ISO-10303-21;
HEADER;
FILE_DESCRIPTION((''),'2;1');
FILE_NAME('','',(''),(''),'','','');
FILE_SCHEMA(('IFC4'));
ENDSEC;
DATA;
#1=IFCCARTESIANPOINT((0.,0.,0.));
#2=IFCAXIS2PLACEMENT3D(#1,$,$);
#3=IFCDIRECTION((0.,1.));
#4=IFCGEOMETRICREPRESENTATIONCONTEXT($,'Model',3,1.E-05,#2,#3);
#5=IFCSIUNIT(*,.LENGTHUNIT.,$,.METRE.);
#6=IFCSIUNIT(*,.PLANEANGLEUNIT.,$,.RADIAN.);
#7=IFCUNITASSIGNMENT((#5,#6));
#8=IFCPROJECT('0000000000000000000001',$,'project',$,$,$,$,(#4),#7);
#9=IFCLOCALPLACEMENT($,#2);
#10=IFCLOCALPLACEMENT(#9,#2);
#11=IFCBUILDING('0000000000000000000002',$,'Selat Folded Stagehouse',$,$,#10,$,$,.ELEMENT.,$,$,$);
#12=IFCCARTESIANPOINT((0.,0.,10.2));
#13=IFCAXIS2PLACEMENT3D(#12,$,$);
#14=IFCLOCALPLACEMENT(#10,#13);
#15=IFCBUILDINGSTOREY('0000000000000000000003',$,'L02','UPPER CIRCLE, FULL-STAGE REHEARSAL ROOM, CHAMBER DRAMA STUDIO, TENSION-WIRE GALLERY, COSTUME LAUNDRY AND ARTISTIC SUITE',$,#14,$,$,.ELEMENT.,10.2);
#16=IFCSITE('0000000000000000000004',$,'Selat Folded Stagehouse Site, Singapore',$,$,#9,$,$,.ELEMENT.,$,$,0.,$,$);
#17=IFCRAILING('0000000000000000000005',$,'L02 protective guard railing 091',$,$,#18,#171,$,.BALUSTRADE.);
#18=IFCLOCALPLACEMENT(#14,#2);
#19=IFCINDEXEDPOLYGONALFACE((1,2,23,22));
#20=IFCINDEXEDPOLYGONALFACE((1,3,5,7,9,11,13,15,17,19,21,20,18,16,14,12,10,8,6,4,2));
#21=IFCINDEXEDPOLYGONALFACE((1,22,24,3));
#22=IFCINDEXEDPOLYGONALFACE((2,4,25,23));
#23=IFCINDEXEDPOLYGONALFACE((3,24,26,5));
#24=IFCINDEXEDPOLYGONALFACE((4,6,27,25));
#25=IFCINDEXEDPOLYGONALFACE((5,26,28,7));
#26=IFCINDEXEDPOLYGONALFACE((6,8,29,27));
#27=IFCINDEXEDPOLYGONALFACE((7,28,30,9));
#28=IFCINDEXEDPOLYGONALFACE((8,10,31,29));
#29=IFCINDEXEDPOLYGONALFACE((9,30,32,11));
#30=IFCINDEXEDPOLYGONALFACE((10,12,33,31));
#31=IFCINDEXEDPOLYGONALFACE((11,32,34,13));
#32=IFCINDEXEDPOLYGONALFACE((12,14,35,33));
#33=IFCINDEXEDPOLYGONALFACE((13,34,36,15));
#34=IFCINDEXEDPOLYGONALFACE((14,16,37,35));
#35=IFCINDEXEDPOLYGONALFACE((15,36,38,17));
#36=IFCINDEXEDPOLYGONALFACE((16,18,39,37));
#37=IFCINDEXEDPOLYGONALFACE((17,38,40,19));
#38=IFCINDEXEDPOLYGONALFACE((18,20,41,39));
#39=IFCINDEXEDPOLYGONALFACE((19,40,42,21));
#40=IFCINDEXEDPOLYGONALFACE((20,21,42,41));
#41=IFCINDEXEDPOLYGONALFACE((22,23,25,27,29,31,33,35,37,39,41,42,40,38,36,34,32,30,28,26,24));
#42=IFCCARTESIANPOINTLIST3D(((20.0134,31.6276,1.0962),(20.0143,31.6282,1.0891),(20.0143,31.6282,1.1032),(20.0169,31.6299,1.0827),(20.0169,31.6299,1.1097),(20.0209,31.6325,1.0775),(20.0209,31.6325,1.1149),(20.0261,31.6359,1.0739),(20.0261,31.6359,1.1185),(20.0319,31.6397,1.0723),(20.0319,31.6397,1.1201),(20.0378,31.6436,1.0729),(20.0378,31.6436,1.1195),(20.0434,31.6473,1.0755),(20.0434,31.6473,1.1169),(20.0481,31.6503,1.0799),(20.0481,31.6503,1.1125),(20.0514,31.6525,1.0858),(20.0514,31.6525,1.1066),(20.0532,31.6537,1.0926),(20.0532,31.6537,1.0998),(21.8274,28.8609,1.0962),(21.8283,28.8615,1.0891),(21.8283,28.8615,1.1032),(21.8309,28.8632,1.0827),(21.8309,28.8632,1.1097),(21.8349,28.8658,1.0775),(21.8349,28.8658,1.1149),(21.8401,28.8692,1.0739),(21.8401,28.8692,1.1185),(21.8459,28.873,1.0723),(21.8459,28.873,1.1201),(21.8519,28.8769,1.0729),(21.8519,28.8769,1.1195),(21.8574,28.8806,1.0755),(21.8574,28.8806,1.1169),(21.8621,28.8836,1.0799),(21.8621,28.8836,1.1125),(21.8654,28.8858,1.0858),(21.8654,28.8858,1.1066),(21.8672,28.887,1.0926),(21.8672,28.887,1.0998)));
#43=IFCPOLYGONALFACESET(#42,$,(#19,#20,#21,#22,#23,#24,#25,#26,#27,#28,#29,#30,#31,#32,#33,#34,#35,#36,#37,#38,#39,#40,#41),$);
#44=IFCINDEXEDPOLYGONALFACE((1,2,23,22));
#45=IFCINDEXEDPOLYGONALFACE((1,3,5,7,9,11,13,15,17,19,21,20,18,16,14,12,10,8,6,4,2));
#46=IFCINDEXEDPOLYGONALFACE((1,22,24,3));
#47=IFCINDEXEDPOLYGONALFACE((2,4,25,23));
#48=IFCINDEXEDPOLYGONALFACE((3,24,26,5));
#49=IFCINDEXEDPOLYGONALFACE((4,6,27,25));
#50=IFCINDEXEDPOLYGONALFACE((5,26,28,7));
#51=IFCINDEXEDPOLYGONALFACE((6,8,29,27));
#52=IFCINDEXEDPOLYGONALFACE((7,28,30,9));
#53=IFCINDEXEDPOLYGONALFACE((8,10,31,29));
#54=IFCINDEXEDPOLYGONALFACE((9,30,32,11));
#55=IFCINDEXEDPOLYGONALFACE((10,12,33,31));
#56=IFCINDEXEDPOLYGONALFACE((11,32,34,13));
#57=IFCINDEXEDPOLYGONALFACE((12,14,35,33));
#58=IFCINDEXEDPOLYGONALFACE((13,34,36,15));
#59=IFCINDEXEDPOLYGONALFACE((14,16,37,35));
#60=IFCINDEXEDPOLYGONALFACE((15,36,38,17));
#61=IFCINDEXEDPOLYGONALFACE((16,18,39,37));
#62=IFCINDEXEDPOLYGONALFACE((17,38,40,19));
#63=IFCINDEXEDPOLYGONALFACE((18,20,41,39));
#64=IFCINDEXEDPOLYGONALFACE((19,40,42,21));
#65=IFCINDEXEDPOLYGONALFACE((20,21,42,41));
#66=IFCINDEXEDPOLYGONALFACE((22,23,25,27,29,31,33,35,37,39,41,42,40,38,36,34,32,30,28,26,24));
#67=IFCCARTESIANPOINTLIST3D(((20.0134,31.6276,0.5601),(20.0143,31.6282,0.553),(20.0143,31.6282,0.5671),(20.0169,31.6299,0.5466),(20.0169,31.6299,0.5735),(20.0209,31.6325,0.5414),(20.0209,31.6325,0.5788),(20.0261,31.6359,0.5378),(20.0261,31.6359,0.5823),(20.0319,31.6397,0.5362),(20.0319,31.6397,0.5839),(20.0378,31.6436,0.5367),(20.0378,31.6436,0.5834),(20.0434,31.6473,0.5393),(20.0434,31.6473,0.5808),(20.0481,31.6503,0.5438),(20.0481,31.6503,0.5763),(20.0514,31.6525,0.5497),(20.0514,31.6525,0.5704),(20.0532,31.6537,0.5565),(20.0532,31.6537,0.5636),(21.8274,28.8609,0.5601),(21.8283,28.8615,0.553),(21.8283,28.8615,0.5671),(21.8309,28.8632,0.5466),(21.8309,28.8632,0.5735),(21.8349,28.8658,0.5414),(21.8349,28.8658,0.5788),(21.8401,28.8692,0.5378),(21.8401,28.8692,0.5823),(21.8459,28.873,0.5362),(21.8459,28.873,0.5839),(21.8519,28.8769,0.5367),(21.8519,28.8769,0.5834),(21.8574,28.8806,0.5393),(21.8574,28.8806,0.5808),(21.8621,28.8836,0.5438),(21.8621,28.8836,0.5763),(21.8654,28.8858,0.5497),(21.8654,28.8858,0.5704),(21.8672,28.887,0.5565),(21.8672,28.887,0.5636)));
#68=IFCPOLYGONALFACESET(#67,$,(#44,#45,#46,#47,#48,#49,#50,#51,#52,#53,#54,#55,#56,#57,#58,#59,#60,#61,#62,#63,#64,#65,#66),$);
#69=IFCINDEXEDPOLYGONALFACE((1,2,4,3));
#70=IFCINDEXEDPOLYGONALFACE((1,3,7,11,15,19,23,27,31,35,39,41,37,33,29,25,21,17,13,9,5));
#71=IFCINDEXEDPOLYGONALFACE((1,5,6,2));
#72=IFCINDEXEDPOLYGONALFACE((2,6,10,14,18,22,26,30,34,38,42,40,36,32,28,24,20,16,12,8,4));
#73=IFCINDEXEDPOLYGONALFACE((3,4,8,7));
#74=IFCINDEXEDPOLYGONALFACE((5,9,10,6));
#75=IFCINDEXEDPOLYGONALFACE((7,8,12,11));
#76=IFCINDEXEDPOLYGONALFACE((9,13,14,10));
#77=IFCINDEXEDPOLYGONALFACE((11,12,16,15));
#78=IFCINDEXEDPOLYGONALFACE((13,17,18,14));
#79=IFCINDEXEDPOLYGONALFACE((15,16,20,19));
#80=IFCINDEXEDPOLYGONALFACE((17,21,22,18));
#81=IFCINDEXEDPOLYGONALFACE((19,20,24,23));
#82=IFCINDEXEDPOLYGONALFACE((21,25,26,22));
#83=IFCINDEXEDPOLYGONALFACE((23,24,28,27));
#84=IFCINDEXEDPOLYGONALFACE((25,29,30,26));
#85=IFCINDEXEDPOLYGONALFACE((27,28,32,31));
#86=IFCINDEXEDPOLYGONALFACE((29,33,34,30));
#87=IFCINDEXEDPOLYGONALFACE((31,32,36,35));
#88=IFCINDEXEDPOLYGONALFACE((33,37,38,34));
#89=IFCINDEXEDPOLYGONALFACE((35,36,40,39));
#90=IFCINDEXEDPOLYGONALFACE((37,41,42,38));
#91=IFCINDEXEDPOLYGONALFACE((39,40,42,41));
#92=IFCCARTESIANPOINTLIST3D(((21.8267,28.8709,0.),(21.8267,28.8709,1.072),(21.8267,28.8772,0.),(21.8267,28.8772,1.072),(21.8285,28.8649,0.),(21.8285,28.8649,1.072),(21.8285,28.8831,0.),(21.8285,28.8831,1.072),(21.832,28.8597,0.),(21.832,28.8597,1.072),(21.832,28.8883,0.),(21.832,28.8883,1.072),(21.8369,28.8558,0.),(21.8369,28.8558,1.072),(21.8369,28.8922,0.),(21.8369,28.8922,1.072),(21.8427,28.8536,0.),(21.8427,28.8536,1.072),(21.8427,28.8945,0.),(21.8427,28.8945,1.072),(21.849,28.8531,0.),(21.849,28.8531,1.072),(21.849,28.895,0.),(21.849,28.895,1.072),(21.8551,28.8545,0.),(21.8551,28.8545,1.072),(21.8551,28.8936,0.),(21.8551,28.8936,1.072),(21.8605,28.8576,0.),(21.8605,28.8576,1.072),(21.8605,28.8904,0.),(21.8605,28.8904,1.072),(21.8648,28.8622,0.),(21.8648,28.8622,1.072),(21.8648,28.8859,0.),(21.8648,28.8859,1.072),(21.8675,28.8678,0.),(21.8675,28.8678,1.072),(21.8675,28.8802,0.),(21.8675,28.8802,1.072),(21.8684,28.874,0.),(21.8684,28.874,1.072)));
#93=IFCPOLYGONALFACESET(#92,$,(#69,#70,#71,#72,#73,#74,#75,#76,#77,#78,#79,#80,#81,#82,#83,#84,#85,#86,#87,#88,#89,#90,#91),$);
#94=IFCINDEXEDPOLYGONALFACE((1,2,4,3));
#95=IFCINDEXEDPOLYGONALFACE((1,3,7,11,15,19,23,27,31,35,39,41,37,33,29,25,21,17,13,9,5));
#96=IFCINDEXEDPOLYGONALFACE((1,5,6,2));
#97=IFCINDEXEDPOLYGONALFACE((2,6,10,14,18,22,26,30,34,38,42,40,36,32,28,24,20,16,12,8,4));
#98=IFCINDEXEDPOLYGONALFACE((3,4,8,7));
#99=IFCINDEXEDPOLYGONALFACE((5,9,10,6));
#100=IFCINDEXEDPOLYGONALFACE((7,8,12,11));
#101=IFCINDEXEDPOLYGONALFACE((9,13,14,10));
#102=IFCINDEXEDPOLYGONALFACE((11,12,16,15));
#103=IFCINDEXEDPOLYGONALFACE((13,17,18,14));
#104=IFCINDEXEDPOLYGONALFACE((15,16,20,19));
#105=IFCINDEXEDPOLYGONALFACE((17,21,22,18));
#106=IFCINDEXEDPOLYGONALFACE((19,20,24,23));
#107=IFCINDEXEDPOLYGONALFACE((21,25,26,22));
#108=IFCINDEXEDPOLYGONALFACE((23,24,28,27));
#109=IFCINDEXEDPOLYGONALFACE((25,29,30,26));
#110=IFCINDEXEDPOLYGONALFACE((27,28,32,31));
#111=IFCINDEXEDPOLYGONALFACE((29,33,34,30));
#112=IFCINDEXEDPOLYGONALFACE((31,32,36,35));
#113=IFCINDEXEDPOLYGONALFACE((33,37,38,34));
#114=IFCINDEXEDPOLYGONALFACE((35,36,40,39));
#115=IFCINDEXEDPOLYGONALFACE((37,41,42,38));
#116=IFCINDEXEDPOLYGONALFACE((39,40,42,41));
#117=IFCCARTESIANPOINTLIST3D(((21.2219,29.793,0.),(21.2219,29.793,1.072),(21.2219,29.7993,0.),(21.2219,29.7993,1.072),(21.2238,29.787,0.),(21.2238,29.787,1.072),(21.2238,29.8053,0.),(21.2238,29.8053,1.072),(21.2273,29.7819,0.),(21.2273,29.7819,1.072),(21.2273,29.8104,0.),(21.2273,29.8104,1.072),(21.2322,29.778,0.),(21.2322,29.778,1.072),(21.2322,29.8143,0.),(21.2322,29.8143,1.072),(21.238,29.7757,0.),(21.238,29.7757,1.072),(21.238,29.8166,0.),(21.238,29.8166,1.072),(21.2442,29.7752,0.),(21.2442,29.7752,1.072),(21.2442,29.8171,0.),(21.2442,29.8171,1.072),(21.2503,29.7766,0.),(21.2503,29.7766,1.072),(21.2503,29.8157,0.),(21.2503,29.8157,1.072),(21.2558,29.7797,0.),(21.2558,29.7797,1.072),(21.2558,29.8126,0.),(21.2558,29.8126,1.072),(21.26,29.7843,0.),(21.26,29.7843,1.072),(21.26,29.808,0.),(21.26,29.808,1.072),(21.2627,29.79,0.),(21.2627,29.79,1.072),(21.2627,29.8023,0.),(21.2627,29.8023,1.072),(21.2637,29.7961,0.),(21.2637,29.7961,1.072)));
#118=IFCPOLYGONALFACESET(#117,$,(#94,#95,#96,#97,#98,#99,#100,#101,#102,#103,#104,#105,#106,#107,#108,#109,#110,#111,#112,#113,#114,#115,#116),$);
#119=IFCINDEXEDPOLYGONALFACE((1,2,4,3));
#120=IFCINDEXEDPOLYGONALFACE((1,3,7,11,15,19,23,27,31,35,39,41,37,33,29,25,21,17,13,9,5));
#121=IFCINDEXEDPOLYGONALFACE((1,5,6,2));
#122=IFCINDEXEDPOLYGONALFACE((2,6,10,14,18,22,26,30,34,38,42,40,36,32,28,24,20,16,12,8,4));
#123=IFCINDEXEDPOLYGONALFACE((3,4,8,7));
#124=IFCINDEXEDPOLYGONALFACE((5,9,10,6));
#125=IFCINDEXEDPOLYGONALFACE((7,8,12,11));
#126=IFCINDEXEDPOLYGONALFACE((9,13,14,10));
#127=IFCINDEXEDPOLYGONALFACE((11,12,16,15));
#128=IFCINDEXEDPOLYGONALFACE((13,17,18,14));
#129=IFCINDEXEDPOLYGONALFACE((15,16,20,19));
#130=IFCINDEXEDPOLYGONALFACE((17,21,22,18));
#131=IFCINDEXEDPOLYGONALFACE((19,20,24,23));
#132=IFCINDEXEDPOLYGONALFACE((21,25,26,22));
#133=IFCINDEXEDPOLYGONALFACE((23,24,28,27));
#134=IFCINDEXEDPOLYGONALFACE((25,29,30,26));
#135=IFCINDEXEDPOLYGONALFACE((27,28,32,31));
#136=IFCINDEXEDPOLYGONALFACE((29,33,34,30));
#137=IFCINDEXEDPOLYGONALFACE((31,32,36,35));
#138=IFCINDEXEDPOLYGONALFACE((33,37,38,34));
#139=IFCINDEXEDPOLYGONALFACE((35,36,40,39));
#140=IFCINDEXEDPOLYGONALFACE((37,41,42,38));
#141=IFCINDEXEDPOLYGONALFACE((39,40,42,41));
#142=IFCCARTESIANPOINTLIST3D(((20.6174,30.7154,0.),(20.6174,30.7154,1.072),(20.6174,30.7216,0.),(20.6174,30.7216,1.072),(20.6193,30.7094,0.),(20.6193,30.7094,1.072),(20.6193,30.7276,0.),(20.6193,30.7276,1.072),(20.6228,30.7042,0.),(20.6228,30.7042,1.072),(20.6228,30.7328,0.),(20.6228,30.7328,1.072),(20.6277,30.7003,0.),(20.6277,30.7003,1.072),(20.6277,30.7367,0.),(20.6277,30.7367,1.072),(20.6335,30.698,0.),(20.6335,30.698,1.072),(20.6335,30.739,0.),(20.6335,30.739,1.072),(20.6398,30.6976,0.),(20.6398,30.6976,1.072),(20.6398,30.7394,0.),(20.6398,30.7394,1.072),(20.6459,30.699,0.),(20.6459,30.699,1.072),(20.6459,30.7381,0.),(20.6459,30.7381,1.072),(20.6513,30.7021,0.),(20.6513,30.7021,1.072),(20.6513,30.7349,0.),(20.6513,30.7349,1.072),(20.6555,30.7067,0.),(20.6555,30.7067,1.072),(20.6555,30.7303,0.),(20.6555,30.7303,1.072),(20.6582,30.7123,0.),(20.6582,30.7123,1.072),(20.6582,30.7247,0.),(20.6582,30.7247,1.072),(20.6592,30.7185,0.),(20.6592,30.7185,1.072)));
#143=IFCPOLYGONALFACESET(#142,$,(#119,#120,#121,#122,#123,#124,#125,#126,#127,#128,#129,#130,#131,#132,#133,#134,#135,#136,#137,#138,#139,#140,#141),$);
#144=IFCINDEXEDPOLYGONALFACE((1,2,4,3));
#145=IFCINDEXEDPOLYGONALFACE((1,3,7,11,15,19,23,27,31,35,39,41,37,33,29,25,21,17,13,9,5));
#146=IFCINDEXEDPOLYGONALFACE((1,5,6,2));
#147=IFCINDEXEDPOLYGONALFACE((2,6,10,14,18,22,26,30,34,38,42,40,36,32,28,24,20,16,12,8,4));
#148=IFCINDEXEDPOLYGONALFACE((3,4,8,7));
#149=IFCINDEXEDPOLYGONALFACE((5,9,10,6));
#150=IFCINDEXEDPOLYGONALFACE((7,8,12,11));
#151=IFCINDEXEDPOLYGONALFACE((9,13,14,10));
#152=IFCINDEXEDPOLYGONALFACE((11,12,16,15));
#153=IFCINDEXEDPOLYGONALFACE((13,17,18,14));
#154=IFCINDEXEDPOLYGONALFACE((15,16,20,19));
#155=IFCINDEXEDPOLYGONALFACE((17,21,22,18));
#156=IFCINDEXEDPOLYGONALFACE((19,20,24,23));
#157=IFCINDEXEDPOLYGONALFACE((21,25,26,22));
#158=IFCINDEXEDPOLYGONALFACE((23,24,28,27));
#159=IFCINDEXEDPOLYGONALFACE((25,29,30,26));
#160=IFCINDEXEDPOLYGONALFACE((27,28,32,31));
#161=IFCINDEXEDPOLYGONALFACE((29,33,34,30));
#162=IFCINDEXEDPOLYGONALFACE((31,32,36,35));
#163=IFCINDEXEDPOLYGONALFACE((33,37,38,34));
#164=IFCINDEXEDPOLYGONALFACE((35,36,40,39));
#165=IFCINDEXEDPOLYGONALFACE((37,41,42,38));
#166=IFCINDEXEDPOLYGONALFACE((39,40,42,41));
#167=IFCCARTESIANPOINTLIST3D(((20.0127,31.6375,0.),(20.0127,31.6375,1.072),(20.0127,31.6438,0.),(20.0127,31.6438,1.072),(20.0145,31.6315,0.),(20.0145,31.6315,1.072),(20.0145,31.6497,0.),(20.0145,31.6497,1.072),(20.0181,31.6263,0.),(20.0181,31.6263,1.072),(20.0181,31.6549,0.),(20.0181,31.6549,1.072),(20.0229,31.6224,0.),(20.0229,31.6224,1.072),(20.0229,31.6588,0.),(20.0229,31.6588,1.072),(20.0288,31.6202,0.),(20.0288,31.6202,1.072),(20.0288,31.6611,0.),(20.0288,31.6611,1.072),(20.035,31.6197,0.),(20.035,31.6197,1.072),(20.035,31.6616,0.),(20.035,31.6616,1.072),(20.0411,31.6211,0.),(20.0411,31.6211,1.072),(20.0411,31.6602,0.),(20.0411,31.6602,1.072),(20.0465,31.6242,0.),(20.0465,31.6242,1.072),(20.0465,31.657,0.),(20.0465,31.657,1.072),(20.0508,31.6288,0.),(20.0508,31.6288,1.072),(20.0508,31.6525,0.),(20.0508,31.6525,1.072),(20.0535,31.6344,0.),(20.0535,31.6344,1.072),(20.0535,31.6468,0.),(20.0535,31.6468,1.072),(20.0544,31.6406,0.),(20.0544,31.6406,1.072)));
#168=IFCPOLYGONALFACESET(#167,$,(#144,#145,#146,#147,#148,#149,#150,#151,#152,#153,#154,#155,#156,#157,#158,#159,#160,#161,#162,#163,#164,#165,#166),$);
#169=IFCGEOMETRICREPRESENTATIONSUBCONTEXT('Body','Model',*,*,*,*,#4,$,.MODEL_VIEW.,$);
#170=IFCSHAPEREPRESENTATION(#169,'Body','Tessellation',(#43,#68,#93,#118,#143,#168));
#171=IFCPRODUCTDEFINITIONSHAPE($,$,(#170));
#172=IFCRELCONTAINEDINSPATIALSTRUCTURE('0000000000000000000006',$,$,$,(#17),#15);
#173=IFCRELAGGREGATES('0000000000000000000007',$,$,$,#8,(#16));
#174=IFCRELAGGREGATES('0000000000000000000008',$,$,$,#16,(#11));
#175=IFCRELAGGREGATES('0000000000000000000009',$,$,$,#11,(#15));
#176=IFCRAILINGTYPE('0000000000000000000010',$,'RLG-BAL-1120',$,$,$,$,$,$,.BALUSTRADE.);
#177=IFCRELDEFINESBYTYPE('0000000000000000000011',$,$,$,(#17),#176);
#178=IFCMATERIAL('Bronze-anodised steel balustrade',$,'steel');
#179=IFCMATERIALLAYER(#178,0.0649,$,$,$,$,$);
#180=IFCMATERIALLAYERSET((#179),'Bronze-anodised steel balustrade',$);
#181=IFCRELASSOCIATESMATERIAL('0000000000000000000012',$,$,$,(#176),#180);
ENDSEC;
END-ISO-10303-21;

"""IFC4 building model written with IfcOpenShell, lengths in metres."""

from ifc_helpers import new_model, si_unit, direction, frame, origin, origin_2d, place, context, subcontext, project, spatial, circle, extrude, material, layer, layer_set, type_object, element, save


model = new_model("IFC4")

# Units and contexts
model_context = context("Model", 3, precision=1e-05, world=origin(), true_north=direction((0.0, 1.0)))
body_context = subcontext(model_context, "Body", "Model", "MODEL_VIEW")
ifc_project = project(units=[si_unit("LENGTHUNIT", "METRE"), si_unit("PLANEANGLEUNIT", "RADIAN")], contexts=[model_context])

# Site, building, storey
site_placement = place(None, origin())
site = spatial("IfcSite", under=ifc_project, at=site_placement, Name="Selat Folded Stagehouse Site, Singapore", CompositionType="ELEMENT", RefElevation=0.0)
building_placement = place(site_placement, origin())
building = spatial("IfcBuilding", under=site, at=building_placement, Name="Selat Folded Stagehouse", CompositionType="ELEMENT")
storey_placement = place(building_placement, frame((0.0, 0.0, 10.2)))
storey = spatial("IfcBuildingStorey", under=building, at=storey_placement, Name="L02", Description="UPPER CIRCLE, FULL-STAGE REHEARSAL ROOM, CHAMBER DRAMA STUDIO, TENSION-WIRE GALLERY, COSTUME LAUNDRY AND ARTISTIC SUITE", CompositionType="ELEMENT", Elevation=10.2)

# Railing
ifc_material_1 = material(Name="Bronze-anodised steel balustrade", Category="steel")
ifc_layer_1 = layer(ifc_material_1, 0.0649)
ifc_layer_set_1 = layer_set([ifc_layer_1], Name="Bronze-anodised steel balustrade")
railing_type = type_object("IfcRailingType", Name="RLG-BAL-1120", PredefinedType="BALUSTRADE", material=ifc_layer_set_1)
railing_1_placement = place(storey_placement, frame((21.8474, 28.874, 0.0)))
element("IfcRailing", 1, at=railing_1_placement, inside=storey, type_object=railing_type, Name="L02 protective guard railing 091", PredefinedType="BALUSTRADE", context=body_context, shape_type="SweptSolid", body=[
    extrude(circle(Radius=0.0239, at=origin_2d()), frame((0.0, 0.0, 1.0962), z_axis=(-0.548315, 0.836272, 0.0), x_axis=(-0.836272, -0.548315, 0.0)), (0.0, 0.0, 1.0), 3.3083),
    extrude(circle(Radius=0.0239, at=origin_2d()), frame((0.0, 0.0, 0.5601), z_axis=(-0.548315, 0.836272, 0.0), x_axis=(-0.836272, -0.548315, 0.0)), (0.0, 0.0, 1.0), 3.3083),
    extrude(circle(Radius=0.021, at=origin_2d()), origin(), (0.0, 0.0, 1.0), 1.072),
    extrude(circle(Radius=0.021, at=origin_2d()), frame((-0.6047, 0.9221, 0.0)), (0.0, 0.0, 1.0), 1.072),
    extrude(circle(Radius=0.021, at=origin_2d()), frame((-1.2092, 1.8445, 0.0)), (0.0, 0.0, 1.0), 1.072),
    extrude(circle(Radius=0.021, at=origin_2d()), frame((-1.814, 2.7666, 0.0)), (0.0, 0.0, 1.0), 1.072),
])

save(model, "model.ifc")
